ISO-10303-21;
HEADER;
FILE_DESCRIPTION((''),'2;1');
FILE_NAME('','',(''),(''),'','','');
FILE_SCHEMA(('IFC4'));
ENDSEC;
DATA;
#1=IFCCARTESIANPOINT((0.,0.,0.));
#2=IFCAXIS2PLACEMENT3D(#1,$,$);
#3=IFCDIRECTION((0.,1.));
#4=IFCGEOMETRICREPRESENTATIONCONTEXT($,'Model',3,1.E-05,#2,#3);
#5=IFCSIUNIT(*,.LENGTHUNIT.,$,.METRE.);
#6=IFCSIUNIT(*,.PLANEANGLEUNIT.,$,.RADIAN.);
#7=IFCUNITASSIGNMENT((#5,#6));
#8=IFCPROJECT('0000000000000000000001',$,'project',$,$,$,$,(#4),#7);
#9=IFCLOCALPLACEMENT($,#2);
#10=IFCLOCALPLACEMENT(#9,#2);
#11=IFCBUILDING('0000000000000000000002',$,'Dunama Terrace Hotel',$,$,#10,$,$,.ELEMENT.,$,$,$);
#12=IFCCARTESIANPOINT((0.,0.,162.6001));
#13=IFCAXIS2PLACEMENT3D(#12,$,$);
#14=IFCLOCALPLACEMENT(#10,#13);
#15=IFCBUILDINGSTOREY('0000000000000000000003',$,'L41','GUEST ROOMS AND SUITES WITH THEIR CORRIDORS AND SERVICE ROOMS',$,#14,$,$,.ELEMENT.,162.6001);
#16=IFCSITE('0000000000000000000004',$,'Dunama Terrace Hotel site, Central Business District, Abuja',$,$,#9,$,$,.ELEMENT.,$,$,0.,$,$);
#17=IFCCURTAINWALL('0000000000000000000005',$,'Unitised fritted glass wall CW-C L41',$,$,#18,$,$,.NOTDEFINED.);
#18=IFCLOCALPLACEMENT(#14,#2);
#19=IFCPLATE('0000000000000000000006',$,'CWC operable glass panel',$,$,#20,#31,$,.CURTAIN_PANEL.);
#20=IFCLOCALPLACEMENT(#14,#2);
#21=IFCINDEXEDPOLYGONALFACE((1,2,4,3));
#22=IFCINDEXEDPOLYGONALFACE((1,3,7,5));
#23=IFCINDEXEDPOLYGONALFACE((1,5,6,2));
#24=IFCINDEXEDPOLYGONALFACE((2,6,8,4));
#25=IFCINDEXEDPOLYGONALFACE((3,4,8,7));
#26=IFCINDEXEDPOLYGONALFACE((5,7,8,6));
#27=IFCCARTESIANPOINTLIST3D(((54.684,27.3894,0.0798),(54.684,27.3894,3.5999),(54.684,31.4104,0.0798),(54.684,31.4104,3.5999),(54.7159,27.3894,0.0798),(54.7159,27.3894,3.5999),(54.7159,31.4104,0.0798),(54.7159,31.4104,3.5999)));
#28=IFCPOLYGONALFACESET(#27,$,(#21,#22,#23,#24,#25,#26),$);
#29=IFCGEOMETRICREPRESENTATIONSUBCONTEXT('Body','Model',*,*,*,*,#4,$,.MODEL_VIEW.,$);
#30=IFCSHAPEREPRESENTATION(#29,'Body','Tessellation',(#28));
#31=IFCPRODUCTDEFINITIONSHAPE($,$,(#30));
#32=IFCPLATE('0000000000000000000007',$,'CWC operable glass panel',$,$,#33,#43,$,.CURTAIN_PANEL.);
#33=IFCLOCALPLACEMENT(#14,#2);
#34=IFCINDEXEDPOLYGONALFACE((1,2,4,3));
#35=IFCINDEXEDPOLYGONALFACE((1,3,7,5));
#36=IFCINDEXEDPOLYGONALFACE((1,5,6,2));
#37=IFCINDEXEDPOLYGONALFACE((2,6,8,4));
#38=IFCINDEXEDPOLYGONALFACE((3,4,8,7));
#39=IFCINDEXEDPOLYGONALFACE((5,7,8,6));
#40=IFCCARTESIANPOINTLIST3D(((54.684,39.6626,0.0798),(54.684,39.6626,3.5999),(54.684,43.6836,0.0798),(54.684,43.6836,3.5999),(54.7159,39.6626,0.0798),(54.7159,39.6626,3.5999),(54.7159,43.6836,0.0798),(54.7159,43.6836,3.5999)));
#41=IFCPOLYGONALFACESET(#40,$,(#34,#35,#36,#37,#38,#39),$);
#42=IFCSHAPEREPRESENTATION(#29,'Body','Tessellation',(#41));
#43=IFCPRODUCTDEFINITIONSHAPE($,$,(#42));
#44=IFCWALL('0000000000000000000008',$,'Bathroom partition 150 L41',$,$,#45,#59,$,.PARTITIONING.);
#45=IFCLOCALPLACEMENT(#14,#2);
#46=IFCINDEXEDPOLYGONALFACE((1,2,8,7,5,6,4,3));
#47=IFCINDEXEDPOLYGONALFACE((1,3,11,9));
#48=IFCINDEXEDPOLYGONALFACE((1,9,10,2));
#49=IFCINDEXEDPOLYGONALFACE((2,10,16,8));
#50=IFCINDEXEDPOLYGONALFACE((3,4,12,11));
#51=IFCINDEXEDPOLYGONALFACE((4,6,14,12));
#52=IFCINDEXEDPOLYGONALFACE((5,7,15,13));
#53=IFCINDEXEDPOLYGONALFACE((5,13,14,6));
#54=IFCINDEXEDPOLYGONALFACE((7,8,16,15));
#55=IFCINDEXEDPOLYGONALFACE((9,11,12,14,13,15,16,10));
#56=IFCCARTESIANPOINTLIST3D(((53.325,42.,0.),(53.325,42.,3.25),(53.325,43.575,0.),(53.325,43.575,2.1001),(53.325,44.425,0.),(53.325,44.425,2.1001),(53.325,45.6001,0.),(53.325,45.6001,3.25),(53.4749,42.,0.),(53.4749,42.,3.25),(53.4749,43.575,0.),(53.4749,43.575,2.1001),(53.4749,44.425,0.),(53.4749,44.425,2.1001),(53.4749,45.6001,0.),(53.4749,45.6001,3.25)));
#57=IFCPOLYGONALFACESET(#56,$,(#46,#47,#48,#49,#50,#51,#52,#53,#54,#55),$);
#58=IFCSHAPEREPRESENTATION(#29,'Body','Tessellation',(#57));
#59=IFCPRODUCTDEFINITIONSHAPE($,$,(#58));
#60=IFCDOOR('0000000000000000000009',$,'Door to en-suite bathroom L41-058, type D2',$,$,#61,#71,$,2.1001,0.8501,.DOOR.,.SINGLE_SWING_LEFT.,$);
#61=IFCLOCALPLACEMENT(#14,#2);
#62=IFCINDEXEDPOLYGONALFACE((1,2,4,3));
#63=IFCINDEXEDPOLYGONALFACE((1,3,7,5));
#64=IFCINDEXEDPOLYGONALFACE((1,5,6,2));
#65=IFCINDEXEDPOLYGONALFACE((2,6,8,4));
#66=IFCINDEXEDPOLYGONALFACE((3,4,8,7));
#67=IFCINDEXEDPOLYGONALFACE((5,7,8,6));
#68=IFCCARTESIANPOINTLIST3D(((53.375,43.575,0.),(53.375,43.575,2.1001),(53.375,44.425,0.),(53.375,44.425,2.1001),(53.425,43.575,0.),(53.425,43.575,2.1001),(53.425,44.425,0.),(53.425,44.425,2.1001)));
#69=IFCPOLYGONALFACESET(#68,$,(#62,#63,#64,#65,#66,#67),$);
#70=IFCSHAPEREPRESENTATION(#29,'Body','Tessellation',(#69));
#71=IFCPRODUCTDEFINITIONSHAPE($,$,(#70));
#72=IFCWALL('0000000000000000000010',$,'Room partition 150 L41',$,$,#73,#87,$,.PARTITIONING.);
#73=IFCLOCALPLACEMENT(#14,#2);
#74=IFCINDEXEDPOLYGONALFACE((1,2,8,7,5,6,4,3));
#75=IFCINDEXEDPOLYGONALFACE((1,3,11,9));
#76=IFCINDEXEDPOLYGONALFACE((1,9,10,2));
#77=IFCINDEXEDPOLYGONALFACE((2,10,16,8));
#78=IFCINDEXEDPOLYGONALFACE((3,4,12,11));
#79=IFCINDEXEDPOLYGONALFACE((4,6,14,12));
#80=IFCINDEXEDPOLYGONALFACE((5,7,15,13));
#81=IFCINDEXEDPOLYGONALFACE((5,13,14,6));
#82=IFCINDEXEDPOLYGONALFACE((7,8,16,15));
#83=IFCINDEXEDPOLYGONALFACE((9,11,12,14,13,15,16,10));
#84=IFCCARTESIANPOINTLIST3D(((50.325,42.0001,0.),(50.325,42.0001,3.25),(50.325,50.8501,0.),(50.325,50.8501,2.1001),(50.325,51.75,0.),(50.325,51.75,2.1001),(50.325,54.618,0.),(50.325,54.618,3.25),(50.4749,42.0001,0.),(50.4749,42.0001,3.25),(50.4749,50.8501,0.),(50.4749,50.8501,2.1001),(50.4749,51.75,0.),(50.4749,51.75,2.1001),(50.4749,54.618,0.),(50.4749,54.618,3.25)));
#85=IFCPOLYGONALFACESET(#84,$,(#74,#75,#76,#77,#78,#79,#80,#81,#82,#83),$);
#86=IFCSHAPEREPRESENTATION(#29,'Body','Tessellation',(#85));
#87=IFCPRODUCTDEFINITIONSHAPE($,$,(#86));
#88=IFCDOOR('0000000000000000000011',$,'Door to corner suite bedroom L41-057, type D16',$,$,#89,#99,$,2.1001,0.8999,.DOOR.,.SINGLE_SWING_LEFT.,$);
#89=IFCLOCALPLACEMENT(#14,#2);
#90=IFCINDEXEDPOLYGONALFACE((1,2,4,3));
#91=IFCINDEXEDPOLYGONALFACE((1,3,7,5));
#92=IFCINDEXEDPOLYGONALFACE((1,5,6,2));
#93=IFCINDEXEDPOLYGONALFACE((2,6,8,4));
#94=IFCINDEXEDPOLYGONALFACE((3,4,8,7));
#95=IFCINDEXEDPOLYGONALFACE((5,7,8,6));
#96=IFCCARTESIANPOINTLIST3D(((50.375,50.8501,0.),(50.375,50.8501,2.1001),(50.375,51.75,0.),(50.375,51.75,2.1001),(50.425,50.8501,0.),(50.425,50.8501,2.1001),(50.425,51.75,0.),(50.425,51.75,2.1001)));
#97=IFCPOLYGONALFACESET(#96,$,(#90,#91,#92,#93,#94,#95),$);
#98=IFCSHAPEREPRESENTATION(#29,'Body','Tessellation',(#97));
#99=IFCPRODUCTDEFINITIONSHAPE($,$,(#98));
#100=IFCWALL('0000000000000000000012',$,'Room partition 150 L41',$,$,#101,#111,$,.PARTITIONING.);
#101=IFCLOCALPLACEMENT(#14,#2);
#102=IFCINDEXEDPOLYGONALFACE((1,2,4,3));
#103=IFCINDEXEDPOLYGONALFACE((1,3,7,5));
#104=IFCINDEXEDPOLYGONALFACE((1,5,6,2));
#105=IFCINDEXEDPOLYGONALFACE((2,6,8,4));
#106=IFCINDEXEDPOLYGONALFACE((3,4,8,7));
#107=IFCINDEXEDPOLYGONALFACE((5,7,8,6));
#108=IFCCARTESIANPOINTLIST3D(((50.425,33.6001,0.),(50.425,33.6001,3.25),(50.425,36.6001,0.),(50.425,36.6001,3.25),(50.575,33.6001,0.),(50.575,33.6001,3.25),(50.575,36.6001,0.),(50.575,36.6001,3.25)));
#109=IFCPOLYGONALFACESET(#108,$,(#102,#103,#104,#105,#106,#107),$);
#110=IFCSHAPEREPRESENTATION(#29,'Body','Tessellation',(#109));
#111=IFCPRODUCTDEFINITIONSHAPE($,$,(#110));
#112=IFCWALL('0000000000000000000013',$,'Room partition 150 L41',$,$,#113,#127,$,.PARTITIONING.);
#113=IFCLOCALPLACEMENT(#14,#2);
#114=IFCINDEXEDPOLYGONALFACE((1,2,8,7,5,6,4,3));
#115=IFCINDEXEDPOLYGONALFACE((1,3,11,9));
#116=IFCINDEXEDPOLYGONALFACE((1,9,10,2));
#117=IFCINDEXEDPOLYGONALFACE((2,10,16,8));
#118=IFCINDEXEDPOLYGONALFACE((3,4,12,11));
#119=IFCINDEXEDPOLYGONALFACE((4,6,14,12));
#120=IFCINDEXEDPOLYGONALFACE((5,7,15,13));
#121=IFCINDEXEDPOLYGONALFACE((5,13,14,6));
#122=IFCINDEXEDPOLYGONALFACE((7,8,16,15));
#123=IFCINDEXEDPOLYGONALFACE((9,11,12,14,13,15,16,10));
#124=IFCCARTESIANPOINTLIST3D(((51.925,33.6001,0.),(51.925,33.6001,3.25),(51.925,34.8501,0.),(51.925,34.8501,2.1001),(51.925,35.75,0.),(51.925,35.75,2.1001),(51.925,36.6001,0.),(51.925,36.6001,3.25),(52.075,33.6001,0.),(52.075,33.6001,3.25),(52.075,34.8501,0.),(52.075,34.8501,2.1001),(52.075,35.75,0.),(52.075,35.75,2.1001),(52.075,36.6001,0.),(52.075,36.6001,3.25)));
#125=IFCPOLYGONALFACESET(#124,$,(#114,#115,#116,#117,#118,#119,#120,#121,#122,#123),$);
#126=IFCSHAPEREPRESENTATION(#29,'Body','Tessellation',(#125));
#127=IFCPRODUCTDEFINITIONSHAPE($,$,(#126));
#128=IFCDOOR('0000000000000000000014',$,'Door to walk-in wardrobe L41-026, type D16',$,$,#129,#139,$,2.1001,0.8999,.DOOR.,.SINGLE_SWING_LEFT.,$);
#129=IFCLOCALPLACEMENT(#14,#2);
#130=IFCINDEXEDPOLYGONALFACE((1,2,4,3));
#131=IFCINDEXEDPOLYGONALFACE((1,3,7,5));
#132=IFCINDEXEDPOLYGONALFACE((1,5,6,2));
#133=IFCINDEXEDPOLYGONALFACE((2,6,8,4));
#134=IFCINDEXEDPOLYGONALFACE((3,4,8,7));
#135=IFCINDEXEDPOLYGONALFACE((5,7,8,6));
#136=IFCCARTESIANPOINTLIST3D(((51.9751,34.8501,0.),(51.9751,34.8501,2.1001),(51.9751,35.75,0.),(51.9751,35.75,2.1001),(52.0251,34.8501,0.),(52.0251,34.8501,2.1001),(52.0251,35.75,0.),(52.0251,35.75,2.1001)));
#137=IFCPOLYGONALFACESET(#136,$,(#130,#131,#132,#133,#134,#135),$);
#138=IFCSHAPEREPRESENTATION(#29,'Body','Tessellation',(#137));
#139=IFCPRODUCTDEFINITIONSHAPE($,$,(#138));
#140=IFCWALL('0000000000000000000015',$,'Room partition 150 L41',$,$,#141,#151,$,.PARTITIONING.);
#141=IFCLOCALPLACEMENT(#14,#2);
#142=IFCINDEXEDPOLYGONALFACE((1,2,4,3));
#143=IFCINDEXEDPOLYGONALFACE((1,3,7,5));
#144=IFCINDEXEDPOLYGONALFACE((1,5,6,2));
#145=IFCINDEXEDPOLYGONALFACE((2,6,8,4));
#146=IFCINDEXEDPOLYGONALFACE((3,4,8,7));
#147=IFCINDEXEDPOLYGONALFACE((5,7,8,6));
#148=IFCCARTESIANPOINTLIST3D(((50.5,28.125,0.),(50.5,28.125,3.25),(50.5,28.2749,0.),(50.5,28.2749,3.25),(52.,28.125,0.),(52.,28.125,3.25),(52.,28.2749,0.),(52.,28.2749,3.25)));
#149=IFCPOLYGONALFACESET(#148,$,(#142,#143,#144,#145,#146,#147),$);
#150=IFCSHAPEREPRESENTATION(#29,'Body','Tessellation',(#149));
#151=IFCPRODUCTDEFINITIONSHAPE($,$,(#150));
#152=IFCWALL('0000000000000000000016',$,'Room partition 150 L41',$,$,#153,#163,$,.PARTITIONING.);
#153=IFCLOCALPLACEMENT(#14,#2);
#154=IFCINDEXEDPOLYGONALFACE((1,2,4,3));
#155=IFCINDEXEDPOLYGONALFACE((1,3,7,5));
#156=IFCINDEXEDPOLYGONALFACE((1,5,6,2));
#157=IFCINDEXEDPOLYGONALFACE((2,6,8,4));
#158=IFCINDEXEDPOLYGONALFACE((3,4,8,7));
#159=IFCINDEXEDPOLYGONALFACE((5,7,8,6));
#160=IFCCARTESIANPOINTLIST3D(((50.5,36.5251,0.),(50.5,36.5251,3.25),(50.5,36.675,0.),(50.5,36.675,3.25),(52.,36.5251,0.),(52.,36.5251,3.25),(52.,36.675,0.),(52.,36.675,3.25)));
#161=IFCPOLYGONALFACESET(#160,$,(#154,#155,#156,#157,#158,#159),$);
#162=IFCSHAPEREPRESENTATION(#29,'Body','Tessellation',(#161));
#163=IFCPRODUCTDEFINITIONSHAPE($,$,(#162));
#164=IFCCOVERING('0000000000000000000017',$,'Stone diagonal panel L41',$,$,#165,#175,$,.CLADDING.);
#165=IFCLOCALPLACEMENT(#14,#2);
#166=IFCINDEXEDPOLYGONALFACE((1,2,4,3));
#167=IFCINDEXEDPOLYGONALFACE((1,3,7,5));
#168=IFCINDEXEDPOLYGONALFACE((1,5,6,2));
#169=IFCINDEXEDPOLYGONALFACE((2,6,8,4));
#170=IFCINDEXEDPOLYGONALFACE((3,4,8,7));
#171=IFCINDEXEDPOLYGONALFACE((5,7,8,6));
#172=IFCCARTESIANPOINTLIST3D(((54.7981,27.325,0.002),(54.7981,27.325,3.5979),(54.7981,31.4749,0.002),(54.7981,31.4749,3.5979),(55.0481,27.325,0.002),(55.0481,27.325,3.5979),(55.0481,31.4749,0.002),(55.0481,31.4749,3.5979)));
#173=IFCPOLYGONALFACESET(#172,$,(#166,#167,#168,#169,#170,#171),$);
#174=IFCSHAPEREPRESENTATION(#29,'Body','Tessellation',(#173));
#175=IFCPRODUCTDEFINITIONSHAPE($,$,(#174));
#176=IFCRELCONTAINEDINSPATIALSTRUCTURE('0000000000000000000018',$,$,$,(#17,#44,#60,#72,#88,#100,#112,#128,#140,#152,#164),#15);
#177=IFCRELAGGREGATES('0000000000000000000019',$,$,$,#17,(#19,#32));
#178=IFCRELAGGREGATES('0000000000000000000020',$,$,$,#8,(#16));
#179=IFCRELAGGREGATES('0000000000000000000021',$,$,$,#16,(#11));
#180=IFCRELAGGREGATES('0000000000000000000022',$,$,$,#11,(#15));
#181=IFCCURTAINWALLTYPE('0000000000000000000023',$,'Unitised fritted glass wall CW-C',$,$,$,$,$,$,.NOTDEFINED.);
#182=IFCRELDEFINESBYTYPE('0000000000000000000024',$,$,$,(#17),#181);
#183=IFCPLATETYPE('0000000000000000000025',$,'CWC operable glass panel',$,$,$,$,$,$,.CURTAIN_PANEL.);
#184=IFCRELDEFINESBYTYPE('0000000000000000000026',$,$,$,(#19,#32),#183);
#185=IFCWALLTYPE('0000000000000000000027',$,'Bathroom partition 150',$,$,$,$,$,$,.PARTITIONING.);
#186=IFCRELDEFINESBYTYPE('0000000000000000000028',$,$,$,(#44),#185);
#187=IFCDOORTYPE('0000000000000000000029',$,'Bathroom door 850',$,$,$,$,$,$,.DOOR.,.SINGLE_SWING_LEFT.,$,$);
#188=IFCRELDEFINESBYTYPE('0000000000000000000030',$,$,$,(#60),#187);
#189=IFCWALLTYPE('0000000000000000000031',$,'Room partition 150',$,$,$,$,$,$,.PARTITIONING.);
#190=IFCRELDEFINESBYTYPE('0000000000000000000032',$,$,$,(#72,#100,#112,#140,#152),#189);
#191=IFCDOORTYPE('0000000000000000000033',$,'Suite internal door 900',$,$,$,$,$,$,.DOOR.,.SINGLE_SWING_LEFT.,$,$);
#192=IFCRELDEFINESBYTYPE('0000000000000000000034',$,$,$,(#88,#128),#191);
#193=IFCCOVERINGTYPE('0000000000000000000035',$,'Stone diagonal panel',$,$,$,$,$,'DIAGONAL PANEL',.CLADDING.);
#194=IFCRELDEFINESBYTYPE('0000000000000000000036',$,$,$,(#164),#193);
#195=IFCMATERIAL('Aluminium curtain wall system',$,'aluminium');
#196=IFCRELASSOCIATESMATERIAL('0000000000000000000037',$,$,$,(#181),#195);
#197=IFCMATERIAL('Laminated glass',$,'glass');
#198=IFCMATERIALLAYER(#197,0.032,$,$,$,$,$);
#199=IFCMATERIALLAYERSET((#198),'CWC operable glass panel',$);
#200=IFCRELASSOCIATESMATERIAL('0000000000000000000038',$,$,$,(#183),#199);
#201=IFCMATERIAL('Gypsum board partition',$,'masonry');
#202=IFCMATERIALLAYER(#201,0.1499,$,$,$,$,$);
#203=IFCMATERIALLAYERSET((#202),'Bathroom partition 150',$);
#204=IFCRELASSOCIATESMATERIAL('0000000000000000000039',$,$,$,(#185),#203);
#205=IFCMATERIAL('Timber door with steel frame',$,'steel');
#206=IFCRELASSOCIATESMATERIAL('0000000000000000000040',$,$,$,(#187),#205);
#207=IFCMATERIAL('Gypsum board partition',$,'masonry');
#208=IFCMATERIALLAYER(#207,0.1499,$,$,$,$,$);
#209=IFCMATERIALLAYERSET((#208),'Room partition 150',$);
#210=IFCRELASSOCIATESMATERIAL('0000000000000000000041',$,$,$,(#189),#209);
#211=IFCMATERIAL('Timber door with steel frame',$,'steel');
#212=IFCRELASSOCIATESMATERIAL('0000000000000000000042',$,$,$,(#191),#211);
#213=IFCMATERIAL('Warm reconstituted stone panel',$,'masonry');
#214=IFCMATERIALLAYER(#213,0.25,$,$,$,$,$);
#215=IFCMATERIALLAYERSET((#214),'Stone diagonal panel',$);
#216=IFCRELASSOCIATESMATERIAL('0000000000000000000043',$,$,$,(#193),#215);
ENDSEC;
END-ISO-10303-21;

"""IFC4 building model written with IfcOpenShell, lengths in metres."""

from ifc_helpers import new_model, si_unit, direction, frame, frame_2d, origin, origin_2d, place, context, subcontext, project, spatial, rectangle, extrude, material, layer, layer_set, type_object, element, fill, aggregate, save


model = new_model("IFC4")

# Units and contexts
model_context = context("Model", 3, precision=1e-05, world=origin(), true_north=direction((0.0, 1.0)))
body_context = subcontext(model_context, "Body", "Model", "MODEL_VIEW")
ifc_project = project(units=[si_unit("LENGTHUNIT", "METRE"), si_unit("PLANEANGLEUNIT", "RADIAN")], contexts=[model_context])

# Site, building, storey
site_placement = place(None, origin())
site = spatial("IfcSite", under=ifc_project, at=site_placement, Name="Dunama Terrace Hotel site, Central Business District, Abuja", CompositionType="ELEMENT", RefElevation=0.0)
building_placement = place(site_placement, origin())
building = spatial("IfcBuilding", under=site, at=building_placement, Name="Dunama Terrace Hotel", CompositionType="ELEMENT")
storey_placement = place(building_placement, frame((0.0, 0.0, 162.6001)))
storey = spatial("IfcBuildingStorey", under=building, at=storey_placement, Name="L41", Description="GUEST ROOMS AND SUITES WITH THEIR CORRIDORS AND SERVICE ROOMS", CompositionType="ELEMENT", Elevation=162.6001)

# Curtain wall
ifc_material_1 = material(Name="Aluminium curtain wall system", Category="aluminium")
curtain_wall_type = type_object("IfcCurtainWallType", Name="Unitised fritted glass wall CW-C", PredefinedType="NOTDEFINED", material=ifc_material_1)
curtain_wall_placement = place(storey_placement, origin())
curtain_wall = element("IfcCurtainWall", 1, at=curtain_wall_placement, inside=storey, type_object=curtain_wall_type, Name="Unitised fritted glass wall CW-C L41", PredefinedType="NOTDEFINED")

# Plates
ifc_material_2 = material(Name="Laminated glass", Category="glass")
ifc_layer_1 = layer(ifc_material_2, 0.032)
ifc_layer_set_1 = layer_set([ifc_layer_1], Name="CWC operable glass panel")
plate_type_1 = type_object("IfcPlateType", Name="CWC operable glass panel", PredefinedType="CURTAIN_PANEL", material=ifc_layer_set_1)
plate_1_placement = place(storey_placement, frame((54.7, 29.3999, 0.0798), z_axis=(0.0, 0.0, 1.0), x_axis=(0.0, 1.0, 0.0)))
plate_1 = element("IfcPlate", 2, at=plate_1_placement, type_object=plate_type_1, Name="CWC operable glass panel", PredefinedType="CURTAIN_PANEL", context=body_context, shape_type="SweptSolid", body=[
    extrude(rectangle(XDim=4.021, YDim=0.032, at=origin_2d()), origin(), (0.0, 0.0, 1.0), 3.52),
])
plate_2_placement = place(storey_placement, frame((54.7, 41.6731, 0.0798), z_axis=(0.0, 0.0, 1.0), x_axis=(0.0, 1.0, 0.0)))
plate_2 = element("IfcPlate", 3, at=plate_2_placement, type_object=plate_type_1, Name="CWC operable glass panel", PredefinedType="CURTAIN_PANEL", context=body_context, shape_type="SweptSolid", body=[
    extrude(rectangle(XDim=4.021, YDim=0.032, at=origin_2d()), origin(), (0.0, 0.0, 1.0), 3.52),
])
aggregate(curtain_wall, [plate_1, plate_2])

# Walls, openings, doors
ifc_material_3 = material(Name="Gypsum board partition", Category="masonry")
ifc_layer_2 = layer(ifc_material_3, 0.1499)
ifc_layer_set_2 = layer_set([ifc_layer_2], Name="Bathroom partition 150")
wall_type_1 = type_object("IfcWallType", Name="Bathroom partition 150", PredefinedType="PARTITIONING", material=ifc_layer_set_2)
wall_1_placement = place(storey_placement, frame((53.3999, 42.0, 0.0), z_axis=(0.0, 0.0, 1.0), x_axis=(0.0, 1.0, 0.0)))
wall_1 = element("IfcWall", 4, at=wall_1_placement, inside=storey, type_object=wall_type_1, Name="Bathroom partition 150 L41", PredefinedType="PARTITIONING", context=body_context, shape_type="SweptSolid", body=[
    extrude(rectangle(XDim=3.6001, YDim=0.1499, at=frame_2d((1.8, 0.0))), origin(), (0.0, 0.0, 1.0), 3.25),
])
opening_1_placement = place(wall_1_placement, frame((1.575, 0.0, 0.0)))
opening_1 = element("IfcOpeningElement", 5, at=opening_1_placement, cuts=wall_1, PredefinedType="OPENING", context=body_context, shape_type="SweptSolid", body=[
    extrude(rectangle(XDim=0.8501, YDim=2.1001, at=frame_2d((0.425, 1.05))), frame((0.0, 0.085, 0.0), z_axis=(0.0, -1.0, 0.0), x_axis=(1.0, 0.0, 0.0)), (0.0, 0.0, 1.0), 0.1699),
])
ifc_material_4 = material(Name="Timber door with steel frame", Category="steel")
door_type_1 = type_object("IfcDoorType", Name="Bathroom door 850", OperationType="SINGLE_SWING_LEFT", PredefinedType="DOOR", material=ifc_material_4)
door_1_placement = place(opening_1_placement, origin())
door_1 = element("IfcDoor", 6, at=door_1_placement, inside=storey, type_object=door_type_1, Name="Door to en-suite bathroom L41-058, type D2", OperationType="SINGLE_SWING_LEFT", OverallHeight=2.1001, OverallWidth=0.8501, PredefinedType="DOOR", context=body_context, shape_type="SweptSolid", body=[
    extrude(rectangle(XDim=0.8501, YDim=2.1001, at=frame_2d((0.425, 1.05))), frame((0.0, 0.0249, 0.0), z_axis=(0.0, -1.0, 0.0), x_axis=(1.0, 0.0, 0.0)), (0.0, 0.0, 1.0), 0.05),
])
fill(opening_1, door_1)
ifc_material_5 = material(Name="Gypsum board partition", Category="masonry")
ifc_layer_3 = layer(ifc_material_5, 0.1499)
ifc_layer_set_3 = layer_set([ifc_layer_3], Name="Room partition 150")
wall_type_2 = type_object("IfcWallType", Name="Room partition 150", PredefinedType="PARTITIONING", material=ifc_layer_set_3)
wall_2_placement = place(storey_placement, frame((50.3999, 42.0, 0.0), z_axis=(0.0, 0.0, 1.0), x_axis=(0.0, 1.0, 0.0)))
wall_2 = element("IfcWall", 7, at=wall_2_placement, inside=storey, type_object=wall_type_2, Name="Room partition 150 L41", PredefinedType="PARTITIONING", context=body_context, shape_type="SweptSolid", body=[
    extrude(rectangle(XDim=12.6179, YDim=0.1499, at=frame_2d((6.3091, 0.0))), origin(), (0.0, 0.0, 1.0), 3.25),
])
opening_2_placement = place(wall_2_placement, frame((8.8501, 0.0, 0.0)))
opening_2 = element("IfcOpeningElement", 8, at=opening_2_placement, cuts=wall_2, PredefinedType="OPENING", context=body_context, shape_type="SweptSolid", body=[
    extrude(rectangle(XDim=0.8999, YDim=2.1001, at=frame_2d((0.45, 1.05))), frame((0.0, 0.085, 0.0), z_axis=(0.0, -1.0, 0.0), x_axis=(1.0, 0.0, 0.0)), (0.0, 0.0, 1.0), 0.1699),
])
ifc_material_6 = material(Name="Timber door with steel frame", Category="steel")
door_type_2 = type_object("IfcDoorType", Name="Suite internal door 900", OperationType="SINGLE_SWING_LEFT", PredefinedType="DOOR", material=ifc_material_6)
door_2_placement = place(opening_2_placement, frame((0.8999, 0.0, 0.0), z_axis=(0.0, 0.0, 1.0), x_axis=(-1.0, 0.0, 0.0)))
door_2 = element("IfcDoor", 9, at=door_2_placement, inside=storey, type_object=door_type_2, Name="Door to corner suite bedroom L41-057, type D16", OperationType="SINGLE_SWING_LEFT", OverallHeight=2.1001, OverallWidth=0.8999, PredefinedType="DOOR", context=body_context, shape_type="SweptSolid", body=[
    extrude(rectangle(XDim=0.8999, YDim=2.1001, at=frame_2d((0.45, 1.05))), frame((0.0, 0.0251, 0.0), z_axis=(0.0, -1.0, 0.0), x_axis=(1.0, 0.0, 0.0)), (0.0, 0.0, 1.0), 0.05),
])
fill(opening_2, door_2)

# Wall
wall_3_placement = place(storey_placement, frame((50.5, 33.6001, 0.0), z_axis=(0.0, 0.0, 1.0), x_axis=(0.0, 1.0, 0.0)))
element("IfcWall", 10, at=wall_3_placement, inside=storey, type_object=wall_type_2, Name="Room partition 150 L41", PredefinedType="PARTITIONING", context=body_context, shape_type="SweptSolid", body=[
    extrude(rectangle(XDim=3.0, YDim=0.1499, at=frame_2d((1.5, 0.0))), origin(), (0.0, 0.0, 1.0), 3.25),
])

# Wall, opening, door
wall_4_placement = place(storey_placement, frame((52.0, 33.6001, 0.0), z_axis=(0.0, 0.0, 1.0), x_axis=(0.0, 1.0, 0.0)))
wall_4 = element("IfcWall", 11, at=wall_4_placement, inside=storey, type_object=wall_type_2, Name="Room partition 150 L41", PredefinedType="PARTITIONING", context=body_context, shape_type="SweptSolid", body=[
    extrude(rectangle(XDim=3.0, YDim=0.1499, at=frame_2d((1.5, 0.0))), origin(), (0.0, 0.0, 1.0), 3.25),
])
opening_3_placement = place(wall_4_placement, frame((1.25, 0.0, 0.0)))
opening_3 = element("IfcOpeningElement", 12, at=opening_3_placement, cuts=wall_4, PredefinedType="OPENING", context=body_context, shape_type="SweptSolid", body=[
    extrude(rectangle(XDim=0.8999, YDim=2.1001, at=frame_2d((0.45, 1.05))), frame((0.0, 0.085, 0.0), z_axis=(0.0, -1.0, 0.0), x_axis=(1.0, 0.0, 0.0)), (0.0, 0.0, 1.0), 0.1699),
])
door_3_placement = place(opening_3_placement, origin())
door_3 = element("IfcDoor", 13, at=door_3_placement, inside=storey, type_object=door_type_2, Name="Door to walk-in wardrobe L41-026, type D16", OperationType="SINGLE_SWING_LEFT", OverallHeight=2.1001, OverallWidth=0.8999, PredefinedType="DOOR", context=body_context, shape_type="SweptSolid", body=[
    extrude(rectangle(XDim=0.8999, YDim=2.1001, at=frame_2d((0.45, 1.05))), frame((0.0, 0.0249, 0.0), z_axis=(0.0, -1.0, 0.0), x_axis=(1.0, 0.0, 0.0)), (0.0, 0.0, 1.0), 0.05),
])
fill(opening_3, door_3)

# Walls
for number, where, z_axis, x_axis, name in (
    (14, (50.5, 28.2, 0.0), (0.0, 0.0, 1.0), (1.0, 0.0, 0.0), "Room partition 150 L41"),
    (15, (50.5, 36.6001, 0.0), (0.0, 0.0, 1.0), (1.0, 0.0, 0.0), "Room partition 150 L41"),
):
    element("IfcWall", number, at=place(storey_placement, frame(where, z_axis=z_axis, x_axis=x_axis)), inside=storey, type_object=wall_type_2, Name=name, PredefinedType="PARTITIONING", context=body_context, shape_type="SweptSolid", body=[
        extrude(rectangle(XDim=1.5, YDim=0.1499, at=frame_2d((0.75, 0.0))), origin(), (0.0, 0.0, 1.0), 3.25),
    ])

# Covering
ifc_material_7 = material(Name="Warm reconstituted stone panel", Category="masonry")
ifc_layer_4 = layer(ifc_material_7, 0.25)
ifc_layer_set_4 = layer_set([ifc_layer_4], Name="Stone diagonal panel")
covering_type = type_object("IfcCoveringType", Name="Stone diagonal panel", ElementType="DIAGONAL PANEL", PredefinedType="CLADDING", material=ifc_layer_set_4)
covering_placement = place(storey_placement, frame((54.9231, 29.3999, 0.002), z_axis=(0.0, 0.0, 1.0), x_axis=(0.0, 1.0, 0.0)))
element("IfcCovering", 16, at=covering_placement, inside=storey, type_object=covering_type, Name="Stone diagonal panel L41", PredefinedType="CLADDING", context=body_context, shape_type="SweptSolid", body=[
    extrude(rectangle(XDim=4.1499, YDim=0.25, at=origin_2d()), origin(), (0.0, 0.0, 1.0), 3.5959),
])

save(model, "model.ifc")
